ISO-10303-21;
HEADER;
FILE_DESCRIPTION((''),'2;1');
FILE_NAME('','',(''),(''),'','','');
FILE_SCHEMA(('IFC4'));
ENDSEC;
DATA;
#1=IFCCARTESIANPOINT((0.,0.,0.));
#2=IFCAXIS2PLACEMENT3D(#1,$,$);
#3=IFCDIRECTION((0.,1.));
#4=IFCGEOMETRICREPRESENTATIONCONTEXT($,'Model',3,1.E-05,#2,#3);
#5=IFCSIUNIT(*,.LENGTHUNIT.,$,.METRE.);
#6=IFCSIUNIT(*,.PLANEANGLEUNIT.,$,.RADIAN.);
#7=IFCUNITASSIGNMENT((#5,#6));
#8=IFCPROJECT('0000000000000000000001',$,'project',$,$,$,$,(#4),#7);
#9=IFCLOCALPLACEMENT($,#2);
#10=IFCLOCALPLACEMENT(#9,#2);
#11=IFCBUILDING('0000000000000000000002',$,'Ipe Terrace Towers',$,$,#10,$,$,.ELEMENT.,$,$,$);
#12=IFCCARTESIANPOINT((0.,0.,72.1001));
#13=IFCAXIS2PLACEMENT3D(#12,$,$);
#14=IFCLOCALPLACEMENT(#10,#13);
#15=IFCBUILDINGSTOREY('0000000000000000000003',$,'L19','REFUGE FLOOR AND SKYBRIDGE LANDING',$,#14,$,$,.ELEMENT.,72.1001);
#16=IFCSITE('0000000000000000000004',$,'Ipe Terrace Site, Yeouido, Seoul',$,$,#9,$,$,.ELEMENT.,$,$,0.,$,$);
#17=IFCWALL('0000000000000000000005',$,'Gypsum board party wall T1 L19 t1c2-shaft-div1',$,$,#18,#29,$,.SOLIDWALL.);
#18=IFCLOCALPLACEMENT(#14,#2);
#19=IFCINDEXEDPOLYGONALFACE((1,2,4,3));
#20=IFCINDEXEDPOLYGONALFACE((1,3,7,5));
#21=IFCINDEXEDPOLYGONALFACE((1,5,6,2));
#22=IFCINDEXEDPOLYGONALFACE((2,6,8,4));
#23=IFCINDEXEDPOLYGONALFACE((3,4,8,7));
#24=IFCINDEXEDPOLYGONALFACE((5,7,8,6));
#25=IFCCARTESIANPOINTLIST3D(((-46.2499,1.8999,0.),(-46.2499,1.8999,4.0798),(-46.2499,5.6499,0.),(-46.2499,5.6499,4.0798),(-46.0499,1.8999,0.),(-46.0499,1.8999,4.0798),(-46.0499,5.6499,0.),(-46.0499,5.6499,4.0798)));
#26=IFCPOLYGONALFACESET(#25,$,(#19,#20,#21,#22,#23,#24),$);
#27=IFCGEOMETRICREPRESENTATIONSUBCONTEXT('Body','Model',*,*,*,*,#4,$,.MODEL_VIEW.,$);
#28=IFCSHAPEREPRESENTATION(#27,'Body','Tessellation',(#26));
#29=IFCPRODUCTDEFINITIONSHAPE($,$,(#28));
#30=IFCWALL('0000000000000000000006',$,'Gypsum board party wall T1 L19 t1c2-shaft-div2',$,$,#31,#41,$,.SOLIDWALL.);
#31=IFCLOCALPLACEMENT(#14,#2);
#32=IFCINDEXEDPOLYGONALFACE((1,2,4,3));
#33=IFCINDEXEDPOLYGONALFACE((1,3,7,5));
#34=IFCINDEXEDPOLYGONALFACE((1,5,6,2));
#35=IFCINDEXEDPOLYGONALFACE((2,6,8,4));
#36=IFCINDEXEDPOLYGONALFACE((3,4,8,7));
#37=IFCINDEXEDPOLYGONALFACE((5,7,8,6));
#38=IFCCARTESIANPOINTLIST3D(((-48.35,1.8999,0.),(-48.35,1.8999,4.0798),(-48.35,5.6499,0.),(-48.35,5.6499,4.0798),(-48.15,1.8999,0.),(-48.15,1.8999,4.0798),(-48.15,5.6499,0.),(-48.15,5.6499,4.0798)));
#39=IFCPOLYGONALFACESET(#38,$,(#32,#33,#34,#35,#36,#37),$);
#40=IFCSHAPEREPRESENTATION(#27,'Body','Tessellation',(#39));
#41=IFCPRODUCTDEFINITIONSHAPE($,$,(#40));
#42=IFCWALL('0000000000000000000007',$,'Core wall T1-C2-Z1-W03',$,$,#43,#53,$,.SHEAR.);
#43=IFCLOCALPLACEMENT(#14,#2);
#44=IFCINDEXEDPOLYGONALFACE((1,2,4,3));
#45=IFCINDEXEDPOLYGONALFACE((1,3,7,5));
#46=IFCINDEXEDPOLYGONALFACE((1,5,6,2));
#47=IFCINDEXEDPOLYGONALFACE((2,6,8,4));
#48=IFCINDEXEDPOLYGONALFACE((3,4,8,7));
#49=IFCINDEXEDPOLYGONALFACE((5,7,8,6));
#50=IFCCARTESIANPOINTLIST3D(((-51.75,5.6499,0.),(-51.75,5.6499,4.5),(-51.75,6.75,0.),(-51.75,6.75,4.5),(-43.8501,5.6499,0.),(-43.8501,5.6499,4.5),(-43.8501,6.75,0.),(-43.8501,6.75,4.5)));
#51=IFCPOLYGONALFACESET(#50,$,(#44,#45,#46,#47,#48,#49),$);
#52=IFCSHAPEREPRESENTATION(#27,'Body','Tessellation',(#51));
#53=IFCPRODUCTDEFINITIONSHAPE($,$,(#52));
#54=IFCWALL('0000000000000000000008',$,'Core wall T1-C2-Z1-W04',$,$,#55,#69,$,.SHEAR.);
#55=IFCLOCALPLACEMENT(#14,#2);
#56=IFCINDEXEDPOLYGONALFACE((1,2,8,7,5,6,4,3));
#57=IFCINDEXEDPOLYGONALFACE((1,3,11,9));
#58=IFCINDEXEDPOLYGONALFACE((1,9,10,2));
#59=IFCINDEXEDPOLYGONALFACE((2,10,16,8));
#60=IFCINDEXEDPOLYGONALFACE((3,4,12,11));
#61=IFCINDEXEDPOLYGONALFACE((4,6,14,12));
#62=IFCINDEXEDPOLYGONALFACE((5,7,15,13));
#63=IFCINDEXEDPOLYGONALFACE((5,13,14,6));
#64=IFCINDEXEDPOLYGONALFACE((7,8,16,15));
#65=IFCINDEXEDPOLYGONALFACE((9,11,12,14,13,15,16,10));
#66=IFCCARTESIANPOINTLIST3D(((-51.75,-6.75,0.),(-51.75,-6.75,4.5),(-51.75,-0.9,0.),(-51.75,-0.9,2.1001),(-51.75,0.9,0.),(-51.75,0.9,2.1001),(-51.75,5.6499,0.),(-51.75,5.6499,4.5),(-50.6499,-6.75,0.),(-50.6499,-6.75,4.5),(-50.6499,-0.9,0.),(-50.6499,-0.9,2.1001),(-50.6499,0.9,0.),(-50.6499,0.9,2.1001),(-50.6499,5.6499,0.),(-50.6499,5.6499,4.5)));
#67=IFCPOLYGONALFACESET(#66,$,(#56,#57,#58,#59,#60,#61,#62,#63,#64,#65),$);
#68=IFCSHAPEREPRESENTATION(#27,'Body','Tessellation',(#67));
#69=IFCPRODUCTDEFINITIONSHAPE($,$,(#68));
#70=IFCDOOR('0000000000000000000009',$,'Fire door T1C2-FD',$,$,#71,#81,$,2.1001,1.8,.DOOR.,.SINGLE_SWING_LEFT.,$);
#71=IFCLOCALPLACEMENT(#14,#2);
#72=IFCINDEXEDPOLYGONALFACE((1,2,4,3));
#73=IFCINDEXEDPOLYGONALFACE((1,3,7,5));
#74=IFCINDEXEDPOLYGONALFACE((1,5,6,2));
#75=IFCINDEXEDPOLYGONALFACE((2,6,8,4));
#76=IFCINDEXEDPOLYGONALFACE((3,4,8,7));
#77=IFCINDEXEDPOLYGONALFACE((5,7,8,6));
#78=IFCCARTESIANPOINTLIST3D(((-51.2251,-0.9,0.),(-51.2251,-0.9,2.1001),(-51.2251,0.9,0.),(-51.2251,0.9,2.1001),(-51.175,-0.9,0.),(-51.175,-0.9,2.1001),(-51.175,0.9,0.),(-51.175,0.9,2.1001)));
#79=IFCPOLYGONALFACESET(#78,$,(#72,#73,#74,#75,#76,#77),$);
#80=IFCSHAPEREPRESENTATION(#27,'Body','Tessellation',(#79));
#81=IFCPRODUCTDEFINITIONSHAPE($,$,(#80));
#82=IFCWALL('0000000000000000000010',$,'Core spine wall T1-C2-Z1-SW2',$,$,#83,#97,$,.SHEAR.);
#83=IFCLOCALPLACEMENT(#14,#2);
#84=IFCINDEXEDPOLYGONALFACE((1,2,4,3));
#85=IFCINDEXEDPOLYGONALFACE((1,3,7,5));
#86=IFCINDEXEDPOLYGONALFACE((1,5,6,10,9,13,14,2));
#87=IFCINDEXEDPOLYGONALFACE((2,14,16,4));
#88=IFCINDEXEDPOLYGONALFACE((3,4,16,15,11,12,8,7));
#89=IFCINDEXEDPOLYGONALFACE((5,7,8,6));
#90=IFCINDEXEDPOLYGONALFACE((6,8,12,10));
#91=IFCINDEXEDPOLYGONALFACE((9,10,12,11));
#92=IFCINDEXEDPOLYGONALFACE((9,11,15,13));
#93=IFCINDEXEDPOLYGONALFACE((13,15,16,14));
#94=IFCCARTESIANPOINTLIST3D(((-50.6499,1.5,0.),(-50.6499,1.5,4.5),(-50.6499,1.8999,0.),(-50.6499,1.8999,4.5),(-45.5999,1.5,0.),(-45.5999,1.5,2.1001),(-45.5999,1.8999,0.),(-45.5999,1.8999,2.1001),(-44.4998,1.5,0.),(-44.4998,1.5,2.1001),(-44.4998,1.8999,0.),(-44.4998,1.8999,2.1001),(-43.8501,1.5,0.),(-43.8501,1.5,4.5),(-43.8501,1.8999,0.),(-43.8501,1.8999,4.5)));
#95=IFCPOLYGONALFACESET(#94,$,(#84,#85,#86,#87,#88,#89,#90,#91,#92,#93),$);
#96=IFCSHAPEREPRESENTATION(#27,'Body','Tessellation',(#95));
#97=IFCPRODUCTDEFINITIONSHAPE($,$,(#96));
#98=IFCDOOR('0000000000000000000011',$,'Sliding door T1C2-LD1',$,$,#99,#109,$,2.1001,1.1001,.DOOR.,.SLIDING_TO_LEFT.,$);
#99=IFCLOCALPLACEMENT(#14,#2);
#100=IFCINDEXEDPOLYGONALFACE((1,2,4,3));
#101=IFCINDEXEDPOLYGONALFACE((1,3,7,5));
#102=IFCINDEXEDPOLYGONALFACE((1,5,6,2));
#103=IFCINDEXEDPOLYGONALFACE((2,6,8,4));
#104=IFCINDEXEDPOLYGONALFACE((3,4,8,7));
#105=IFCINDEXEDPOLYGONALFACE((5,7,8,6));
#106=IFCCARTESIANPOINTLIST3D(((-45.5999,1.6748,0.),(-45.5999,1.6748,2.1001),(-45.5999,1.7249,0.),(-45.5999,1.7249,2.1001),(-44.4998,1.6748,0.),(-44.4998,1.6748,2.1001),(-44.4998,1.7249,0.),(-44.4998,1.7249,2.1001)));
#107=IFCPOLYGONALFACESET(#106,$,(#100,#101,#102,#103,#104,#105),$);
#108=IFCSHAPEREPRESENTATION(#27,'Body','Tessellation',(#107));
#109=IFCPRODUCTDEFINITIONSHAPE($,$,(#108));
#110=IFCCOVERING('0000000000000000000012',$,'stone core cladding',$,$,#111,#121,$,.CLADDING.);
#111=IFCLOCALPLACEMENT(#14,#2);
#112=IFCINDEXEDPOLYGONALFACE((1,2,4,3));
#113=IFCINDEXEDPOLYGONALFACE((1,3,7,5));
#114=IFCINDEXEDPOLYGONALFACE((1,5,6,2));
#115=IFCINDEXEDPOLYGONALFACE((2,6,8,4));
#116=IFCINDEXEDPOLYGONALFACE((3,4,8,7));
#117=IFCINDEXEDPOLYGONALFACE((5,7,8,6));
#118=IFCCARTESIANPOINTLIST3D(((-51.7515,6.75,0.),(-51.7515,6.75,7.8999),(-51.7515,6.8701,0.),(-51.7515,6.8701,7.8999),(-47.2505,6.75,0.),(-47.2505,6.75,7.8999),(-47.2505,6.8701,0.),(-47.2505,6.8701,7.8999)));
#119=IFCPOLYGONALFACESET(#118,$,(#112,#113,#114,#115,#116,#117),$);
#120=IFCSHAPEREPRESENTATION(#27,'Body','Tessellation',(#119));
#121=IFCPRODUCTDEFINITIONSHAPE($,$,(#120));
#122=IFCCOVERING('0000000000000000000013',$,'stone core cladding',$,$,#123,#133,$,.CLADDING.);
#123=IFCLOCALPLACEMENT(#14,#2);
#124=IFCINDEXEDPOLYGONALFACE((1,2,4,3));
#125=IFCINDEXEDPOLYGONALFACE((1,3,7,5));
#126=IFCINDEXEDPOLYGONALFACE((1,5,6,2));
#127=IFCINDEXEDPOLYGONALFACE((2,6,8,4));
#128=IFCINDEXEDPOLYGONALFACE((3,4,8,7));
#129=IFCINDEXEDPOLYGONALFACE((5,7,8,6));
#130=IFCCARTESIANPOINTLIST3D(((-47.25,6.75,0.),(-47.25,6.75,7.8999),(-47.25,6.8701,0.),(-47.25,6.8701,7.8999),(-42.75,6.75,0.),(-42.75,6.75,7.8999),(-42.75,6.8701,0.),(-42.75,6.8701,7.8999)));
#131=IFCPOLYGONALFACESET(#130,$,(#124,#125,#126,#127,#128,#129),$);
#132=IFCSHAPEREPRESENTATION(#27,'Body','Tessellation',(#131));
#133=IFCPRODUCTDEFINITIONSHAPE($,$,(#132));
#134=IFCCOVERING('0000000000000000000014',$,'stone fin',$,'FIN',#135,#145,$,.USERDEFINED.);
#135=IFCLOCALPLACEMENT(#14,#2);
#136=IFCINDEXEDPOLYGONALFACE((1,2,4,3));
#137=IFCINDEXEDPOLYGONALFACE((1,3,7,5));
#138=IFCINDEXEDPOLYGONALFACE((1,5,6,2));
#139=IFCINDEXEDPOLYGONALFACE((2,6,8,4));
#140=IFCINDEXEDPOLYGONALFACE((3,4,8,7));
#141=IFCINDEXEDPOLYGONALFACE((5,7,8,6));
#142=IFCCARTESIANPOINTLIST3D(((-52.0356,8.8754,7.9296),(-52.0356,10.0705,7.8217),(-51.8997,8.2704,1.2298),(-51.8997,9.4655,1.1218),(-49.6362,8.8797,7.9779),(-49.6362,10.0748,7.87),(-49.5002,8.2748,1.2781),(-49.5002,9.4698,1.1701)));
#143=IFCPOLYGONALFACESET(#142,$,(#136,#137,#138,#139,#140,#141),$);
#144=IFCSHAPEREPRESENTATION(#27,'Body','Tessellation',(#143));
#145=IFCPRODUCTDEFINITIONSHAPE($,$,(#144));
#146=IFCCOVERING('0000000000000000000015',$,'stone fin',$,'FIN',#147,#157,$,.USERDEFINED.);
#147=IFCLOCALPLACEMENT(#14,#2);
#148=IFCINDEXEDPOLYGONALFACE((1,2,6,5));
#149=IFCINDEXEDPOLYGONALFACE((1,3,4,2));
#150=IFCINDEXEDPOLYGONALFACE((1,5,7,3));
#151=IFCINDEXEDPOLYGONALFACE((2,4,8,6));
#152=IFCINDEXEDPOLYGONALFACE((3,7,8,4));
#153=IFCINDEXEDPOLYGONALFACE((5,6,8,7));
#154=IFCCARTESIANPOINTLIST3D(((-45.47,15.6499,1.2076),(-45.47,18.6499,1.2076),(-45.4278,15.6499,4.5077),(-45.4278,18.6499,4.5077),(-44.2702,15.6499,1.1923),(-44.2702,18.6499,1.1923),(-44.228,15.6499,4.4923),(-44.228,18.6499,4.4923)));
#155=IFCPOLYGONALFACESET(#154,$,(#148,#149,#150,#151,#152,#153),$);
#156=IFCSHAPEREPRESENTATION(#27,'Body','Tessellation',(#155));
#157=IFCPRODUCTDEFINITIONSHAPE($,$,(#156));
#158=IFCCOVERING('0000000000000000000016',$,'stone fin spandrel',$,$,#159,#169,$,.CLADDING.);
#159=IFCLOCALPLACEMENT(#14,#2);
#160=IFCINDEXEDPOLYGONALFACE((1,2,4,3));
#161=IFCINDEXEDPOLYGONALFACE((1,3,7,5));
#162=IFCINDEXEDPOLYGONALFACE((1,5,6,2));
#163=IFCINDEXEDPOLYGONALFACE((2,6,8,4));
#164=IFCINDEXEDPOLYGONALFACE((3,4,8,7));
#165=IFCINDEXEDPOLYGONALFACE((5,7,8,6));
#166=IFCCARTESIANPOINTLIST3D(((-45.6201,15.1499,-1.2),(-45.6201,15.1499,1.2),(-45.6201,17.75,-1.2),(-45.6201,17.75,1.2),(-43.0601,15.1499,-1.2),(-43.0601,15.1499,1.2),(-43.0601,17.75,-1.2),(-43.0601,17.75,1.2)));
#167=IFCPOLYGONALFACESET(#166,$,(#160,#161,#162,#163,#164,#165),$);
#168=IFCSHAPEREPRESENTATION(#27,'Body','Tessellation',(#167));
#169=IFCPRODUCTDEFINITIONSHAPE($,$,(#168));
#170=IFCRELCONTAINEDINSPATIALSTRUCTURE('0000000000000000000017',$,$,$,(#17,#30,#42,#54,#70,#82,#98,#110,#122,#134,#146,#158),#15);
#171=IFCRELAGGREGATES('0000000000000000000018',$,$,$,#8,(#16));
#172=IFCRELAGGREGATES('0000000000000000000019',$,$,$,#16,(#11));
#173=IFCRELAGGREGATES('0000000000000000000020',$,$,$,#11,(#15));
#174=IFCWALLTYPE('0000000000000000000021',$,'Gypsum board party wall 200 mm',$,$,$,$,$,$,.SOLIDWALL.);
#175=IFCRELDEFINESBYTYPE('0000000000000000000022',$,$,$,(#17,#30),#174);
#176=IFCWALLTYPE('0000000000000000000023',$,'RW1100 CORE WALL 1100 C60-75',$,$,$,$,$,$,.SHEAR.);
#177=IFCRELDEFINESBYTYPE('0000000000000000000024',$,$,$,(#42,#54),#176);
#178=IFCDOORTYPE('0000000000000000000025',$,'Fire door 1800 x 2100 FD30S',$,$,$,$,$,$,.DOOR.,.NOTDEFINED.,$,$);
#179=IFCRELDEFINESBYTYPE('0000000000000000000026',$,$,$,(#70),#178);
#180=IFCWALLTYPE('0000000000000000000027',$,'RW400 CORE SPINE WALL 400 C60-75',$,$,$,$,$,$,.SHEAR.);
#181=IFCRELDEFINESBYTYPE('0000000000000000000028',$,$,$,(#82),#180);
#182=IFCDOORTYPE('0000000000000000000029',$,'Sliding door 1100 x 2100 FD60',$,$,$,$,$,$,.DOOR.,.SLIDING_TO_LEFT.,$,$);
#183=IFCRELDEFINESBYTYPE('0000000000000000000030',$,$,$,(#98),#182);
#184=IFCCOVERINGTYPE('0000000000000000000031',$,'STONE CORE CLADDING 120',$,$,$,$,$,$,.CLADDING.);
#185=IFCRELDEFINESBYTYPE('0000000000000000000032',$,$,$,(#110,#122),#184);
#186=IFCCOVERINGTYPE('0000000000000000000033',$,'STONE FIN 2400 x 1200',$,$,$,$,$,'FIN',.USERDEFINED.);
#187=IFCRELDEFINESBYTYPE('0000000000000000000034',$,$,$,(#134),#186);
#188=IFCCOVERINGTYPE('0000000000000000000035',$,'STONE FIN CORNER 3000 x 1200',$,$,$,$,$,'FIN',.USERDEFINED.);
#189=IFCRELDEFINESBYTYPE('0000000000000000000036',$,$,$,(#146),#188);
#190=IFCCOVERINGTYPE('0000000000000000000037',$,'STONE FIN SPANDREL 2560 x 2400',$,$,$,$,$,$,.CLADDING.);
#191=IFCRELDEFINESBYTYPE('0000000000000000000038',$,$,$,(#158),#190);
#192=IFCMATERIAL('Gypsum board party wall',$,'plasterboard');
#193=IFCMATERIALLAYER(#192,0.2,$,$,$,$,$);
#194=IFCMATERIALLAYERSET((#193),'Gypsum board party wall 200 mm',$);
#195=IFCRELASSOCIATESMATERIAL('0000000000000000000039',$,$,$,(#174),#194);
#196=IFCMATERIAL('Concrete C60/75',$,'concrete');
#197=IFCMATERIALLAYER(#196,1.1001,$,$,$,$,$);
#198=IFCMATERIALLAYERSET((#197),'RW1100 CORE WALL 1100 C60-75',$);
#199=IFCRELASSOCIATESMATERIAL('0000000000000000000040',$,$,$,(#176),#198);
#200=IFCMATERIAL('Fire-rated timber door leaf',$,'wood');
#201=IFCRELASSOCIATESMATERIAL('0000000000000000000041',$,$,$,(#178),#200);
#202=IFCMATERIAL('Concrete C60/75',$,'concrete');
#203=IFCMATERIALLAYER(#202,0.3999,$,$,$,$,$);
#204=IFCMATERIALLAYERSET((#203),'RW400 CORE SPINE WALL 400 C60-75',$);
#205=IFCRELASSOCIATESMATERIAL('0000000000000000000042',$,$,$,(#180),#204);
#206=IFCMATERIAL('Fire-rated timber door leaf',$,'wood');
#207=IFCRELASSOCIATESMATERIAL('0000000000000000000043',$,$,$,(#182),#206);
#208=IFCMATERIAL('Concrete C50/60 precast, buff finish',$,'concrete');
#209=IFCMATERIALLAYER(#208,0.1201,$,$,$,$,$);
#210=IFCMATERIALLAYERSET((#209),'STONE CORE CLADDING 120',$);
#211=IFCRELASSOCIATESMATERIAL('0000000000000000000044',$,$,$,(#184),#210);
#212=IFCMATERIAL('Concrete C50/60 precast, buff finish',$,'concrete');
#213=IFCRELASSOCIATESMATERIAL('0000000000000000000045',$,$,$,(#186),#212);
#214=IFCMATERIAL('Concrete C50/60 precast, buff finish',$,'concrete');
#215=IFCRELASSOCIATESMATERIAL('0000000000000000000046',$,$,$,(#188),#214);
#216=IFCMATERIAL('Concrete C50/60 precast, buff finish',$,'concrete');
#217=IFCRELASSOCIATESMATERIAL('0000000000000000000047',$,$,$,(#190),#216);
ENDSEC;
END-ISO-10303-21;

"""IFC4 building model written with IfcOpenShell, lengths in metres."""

from ifc_helpers import new_model, si_unit, direction, frame, frame_2d, origin, origin_2d, place, context, subcontext, project, spatial, rectangle, extrude, material, layer, layer_set, material_profile, profile_set, type_object, element, fill, save


model = new_model("IFC4")

# Units and contexts
model_context = context("Model", 3, precision=1e-05, world=origin(), true_north=direction((0.0, 1.0)))
body_context = subcontext(model_context, "Body", "Model", "MODEL_VIEW")
ifc_project = project(units=[si_unit("LENGTHUNIT", "METRE"), si_unit("PLANEANGLEUNIT", "RADIAN")], contexts=[model_context])

# Site, building, storey
site_placement = place(None, origin())
site = spatial("IfcSite", under=ifc_project, at=site_placement, Name="Ipe Terrace Site, Yeouido, Seoul", CompositionType="ELEMENT", RefElevation=0.0)
building_placement = place(site_placement, origin())
building = spatial("IfcBuilding", under=site, at=building_placement, Name="Ipe Terrace Towers", CompositionType="ELEMENT")
storey_placement = place(building_placement, frame((0.0, 0.0, 72.1001)))
storey = spatial("IfcBuildingStorey", under=building, at=storey_placement, Name="L19", Description="REFUGE FLOOR AND SKYBRIDGE LANDING", CompositionType="ELEMENT", Elevation=72.1001)

# Walls
ifc_material_1 = material(Name="Gypsum board party wall", Category="plasterboard")
ifc_layer_1 = layer(ifc_material_1, 0.2)
ifc_layer_set_1 = layer_set([ifc_layer_1], Name="Gypsum board party wall 200 mm")
wall_type_1 = type_object("IfcWallType", Name="Gypsum board party wall 200 mm", PredefinedType="SOLIDWALL", material=ifc_layer_set_1)
for number, where, z_axis, x_axis, name in (
    (1, (-46.1499, 5.6499, 0.0), (0.0, 0.0, 1.0), (0.0, -1.0, 0.0), "Gypsum board party wall T1 L19 t1c2-shaft-div1"),
    (2, (-48.25, 5.6499, 0.0), (0.0, 0.0, 1.0), (0.0, -1.0, 0.0), "Gypsum board party wall T1 L19 t1c2-shaft-div2"),
):
    element("IfcWall", number, at=place(storey_placement, frame(where, z_axis=z_axis, x_axis=x_axis)), inside=storey, type_object=wall_type_1, Name=name, PredefinedType="SOLIDWALL", context=body_context, shape_type="SweptSolid", body=[
        extrude(rectangle(XDim=3.75, YDim=0.2, at=frame_2d((1.875, 0.0))), origin(), (0.0, 0.0, 1.0), 4.0798),
    ])
ifc_material_2 = material(Name="Concrete C60/75", Category="concrete")
ifc_layer_2 = layer(ifc_material_2, 1.1001)
ifc_layer_set_2 = layer_set([ifc_layer_2], Name="RW1100 CORE WALL 1100 C60-75")
wall_type_2 = type_object("IfcWallType", Name="RW1100 CORE WALL 1100 C60-75", PredefinedType="SHEAR", material=ifc_layer_set_2)
wall_1_placement = place(storey_placement, frame((-43.8501, 6.2, 0.0), z_axis=(0.0, 0.0, 1.0), x_axis=(-1.0, 0.0, 0.0)))
element("IfcWall", 3, at=wall_1_placement, inside=storey, type_object=wall_type_2, Name="Core wall T1-C2-Z1-W03", PredefinedType="SHEAR", context=body_context, shape_type="SweptSolid", body=[
    extrude(rectangle(XDim=7.8999, YDim=1.1001, at=frame_2d((3.95, 0.0))), origin(), (0.0, 0.0, 1.0), 4.5),
])

# Walls, openings, doors
wall_2_placement = place(storey_placement, frame((-51.2, 5.6499, 0.0), z_axis=(0.0, 0.0, 1.0), x_axis=(0.0, -1.0, 0.0)))
wall_2 = element("IfcWall", 4, at=wall_2_placement, inside=storey, type_object=wall_type_2, Name="Core wall T1-C2-Z1-W04", PredefinedType="SHEAR", context=body_context, shape_type="SweptSolid", body=[
    extrude(rectangle(XDim=12.3999, YDim=1.1001, at=frame_2d((6.2, 0.0))), origin(), (0.0, 0.0, 1.0), 4.5),
])
opening_1_placement = place(wall_2_placement, frame((4.75, 0.0, 0.0)))
opening_1 = element("IfcOpeningElement", 5, at=opening_1_placement, cuts=wall_2, PredefinedType="OPENING", context=body_context, shape_type="SweptSolid", body=[
    extrude(rectangle(XDim=1.8, YDim=2.1001, at=frame_2d((0.8999, 1.05))), frame((0.0, 0.5601, 0.0), z_axis=(0.0, -1.0, 0.0), x_axis=(1.0, 0.0, 0.0)), (0.0, 0.0, 1.0), 1.1201),
])
ifc_material_3 = material(Name="Fire-rated timber door leaf", Category="wood")
door_type_1 = type_object("IfcDoorType", Name="Fire door 1800 x 2100 FD30S", OperationType="NOTDEFINED", PredefinedType="DOOR", material=ifc_material_3)
door_1_placement = place(opening_1_placement, origin())
door_1 = element("IfcDoor", 6, at=door_1_placement, inside=storey, type_object=door_type_1, Name="Fire door T1C2-FD", OperationType="SINGLE_SWING_LEFT", OverallHeight=2.1001, OverallWidth=1.8, PredefinedType="DOOR", context=body_context, shape_type="SweptSolid", body=[
    extrude(rectangle(XDim=1.8, YDim=2.1001, at=frame_2d((0.8999, 1.05))), frame((0.0, 0.0249, 0.0), z_axis=(0.0, -1.0, 0.0), x_axis=(1.0, 0.0, 0.0)), (0.0, 0.0, 1.0), 0.05),
])
fill(opening_1, door_1)
ifc_material_4 = material(Name="Concrete C60/75", Category="concrete")
ifc_layer_3 = layer(ifc_material_4, 0.3999)
ifc_layer_set_3 = layer_set([ifc_layer_3], Name="RW400 CORE SPINE WALL 400 C60-75")
wall_type_3 = type_object("IfcWallType", Name="RW400 CORE SPINE WALL 400 C60-75", PredefinedType="SHEAR", material=ifc_layer_set_3)
wall_3_placement = place(storey_placement, frame((-50.6499, 1.7, 0.0), z_axis=(0.0, 0.0, 1.0), x_axis=(1.0, 0.0, 0.0)))
wall_3 = element("IfcWall", 7, at=wall_3_placement, inside=storey, type_object=wall_type_3, Name="Core spine wall T1-C2-Z1-SW2", PredefinedType="SHEAR", context=body_context, shape_type="SweptSolid", body=[
    extrude(rectangle(XDim=6.7998, YDim=0.3999, at=frame_2d((3.3999, 0.0))), origin(), (0.0, 0.0, 1.0), 4.5),
])
opening_2_placement = place(wall_3_placement, frame((5.05, 0.0, 0.0)))
opening_2 = element("IfcOpeningElement", 8, at=opening_2_placement, cuts=wall_3, PredefinedType="OPENING", context=body_context, shape_type="SweptSolid", body=[
    extrude(rectangle(XDim=1.1001, YDim=2.1001, at=frame_2d((0.55, 1.05))), frame((0.0, 0.21, 0.0), z_axis=(0.0, -1.0, 0.0), x_axis=(1.0, 0.0, 0.0)), (0.0, 0.0, 1.0), 0.4199),
])
ifc_material_5 = material(Name="Fire-rated timber door leaf", Category="wood")
door_type_2 = type_object("IfcDoorType", Name="Sliding door 1100 x 2100 FD60", OperationType="SLIDING_TO_LEFT", PredefinedType="DOOR", material=ifc_material_5)
door_2_placement = place(opening_2_placement, origin())
door_2 = element("IfcDoor", 9, at=door_2_placement, inside=storey, type_object=door_type_2, Name="Sliding door T1C2-LD1", OperationType="SLIDING_TO_LEFT", OverallHeight=2.1001, OverallWidth=1.1001, PredefinedType="DOOR", context=body_context, shape_type="SweptSolid", body=[
    extrude(rectangle(XDim=1.1001, YDim=2.1001, at=frame_2d((0.55, 1.05))), frame((0.0, 0.0249, 0.0), z_axis=(0.0, -1.0, 0.0), x_axis=(1.0, 0.0, 0.0)), (0.0, 0.0, 1.0), 0.05),
])
fill(opening_2, door_2)

# Coverings
ifc_material_6 = material(Name="Concrete C50/60 precast, buff finish", Category="concrete")
ifc_layer_4 = layer(ifc_material_6, 0.1201)
ifc_layer_set_4 = layer_set([ifc_layer_4], Name="STONE CORE CLADDING 120")
covering_type_1 = type_object("IfcCoveringType", Name="STONE CORE CLADDING 120", PredefinedType="CLADDING", material=ifc_layer_set_4)
covering_1_placement = place(storey_placement, frame((-49.501, 6.8101, 0.0), z_axis=(0.0, 0.0, 1.0), x_axis=(-1.0, 0.0, 0.0)))
element("IfcCovering", 10, at=covering_1_placement, inside=storey, type_object=covering_type_1, Name="stone core cladding", PredefinedType="CLADDING", context=body_context, shape_type="SweptSolid", body=[
    extrude(rectangle(XDim=4.501, YDim=0.1201, at=origin_2d()), origin(), (0.0, 0.0, 1.0), 7.8999),
])
covering_2_placement = place(storey_placement, frame((-45.0, 6.8101, 0.0), z_axis=(0.0, 0.0, 1.0), x_axis=(-1.0, 0.0, 0.0)))
element("IfcCovering", 11, at=covering_2_placement, inside=storey, type_object=covering_type_1, Name="stone core cladding", PredefinedType="CLADDING", context=body_context, shape_type="SweptSolid", body=[
    extrude(rectangle(XDim=4.5, YDim=0.1201, at=origin_2d()), origin(), (0.0, 0.0, 1.0), 7.8999),
])
ifc_material_7 = material(Name="Concrete C50/60 precast, buff finish", Category="concrete")
ifc_material_profile_1 = material_profile(ifc_material_7, rectangle(XDim=2.3999, YDim=1.2, at=origin_2d()), Name="STONE FIN 2400 x 1200")
ifc_profile_set_1 = profile_set([ifc_material_profile_1], Name="Concrete C50/60 precast, buff finish")
covering_type_2 = type_object("IfcCoveringType", Name="STONE FIN 2400 x 1200", ElementType="FIN", PredefinedType="USERDEFINED", material=ifc_profile_set_1)
covering_3_placement = place(storey_placement, frame((-50.7, 8.8701, 1.2), z_axis=(-0.02021, 0.089912, 0.995745), x_axis=(-0.999796, -0.001818, -0.020128)))
element("IfcCovering", 12, at=covering_3_placement, inside=storey, type_object=covering_type_2, Name="stone fin", ObjectType="FIN", PredefinedType="USERDEFINED", context=body_context, shape_type="SweptSolid", body=[
    extrude(rectangle(XDim=2.3999, YDim=1.2, at=origin_2d()), origin(), (0.0, 0.0, 1.0), 6.7285),
])
ifc_material_8 = material(Name="Concrete C50/60 precast, buff finish", Category="concrete")
ifc_material_profile_2 = material_profile(ifc_material_8, rectangle(XDim=3.0, YDim=1.2, at=origin_2d()), Name="STONE FIN CORNER 3000 x 1200")
ifc_profile_set_2 = profile_set([ifc_material_profile_2], Name="Concrete C50/60 precast, buff finish")
covering_type_3 = type_object("IfcCoveringType", Name="STONE FIN CORNER 3000 x 1200", ElementType="FIN", PredefinedType="USERDEFINED", material=ifc_profile_set_2)
covering_4_placement = place(storey_placement, frame((-44.8701, 17.1499, 1.2), z_axis=(0.012798, 0.0, 0.999918), x_axis=(0.0, -1.0, 0.0)))
element("IfcCovering", 13, at=covering_4_placement, inside=storey, type_object=covering_type_3, Name="stone fin", ObjectType="FIN", PredefinedType="USERDEFINED", context=body_context, shape_type="SweptSolid", body=[
    extrude(rectangle(XDim=3.0, YDim=1.2, at=origin_2d()), origin(), (0.0, 0.0, 1.0), 3.3003),
])
ifc_material_9 = material(Name="Concrete C50/60 precast, buff finish", Category="concrete")
ifc_material_profile_3 = material_profile(ifc_material_9, rectangle(XDim=2.5601, YDim=2.3999, at=origin_2d()), Name="STONE FIN SPANDREL 2560 x 2400")
ifc_profile_set_3 = profile_set([ifc_material_profile_3], Name="Concrete C50/60 precast, buff finish")
covering_type_4 = type_object("IfcCoveringType", Name="STONE FIN SPANDREL 2560 x 2400", PredefinedType="CLADDING", material=ifc_profile_set_3)
covering_5_placement = place(storey_placement, frame((-44.3401, 17.75, 0.0), z_axis=(0.0, -1.0, 0.0), x_axis=(-1.0, 0.0, 0.0)))
element("IfcCovering", 14, at=covering_5_placement, inside=storey, type_object=covering_type_4, Name="stone fin spandrel", PredefinedType="CLADDING", context=body_context, shape_type="SweptSolid", body=[
    extrude(rectangle(XDim=2.5601, YDim=2.3999, at=origin_2d()), origin(), (0.0, 0.0, 1.0), 2.6001),
])

save(model, "model.ifc")
